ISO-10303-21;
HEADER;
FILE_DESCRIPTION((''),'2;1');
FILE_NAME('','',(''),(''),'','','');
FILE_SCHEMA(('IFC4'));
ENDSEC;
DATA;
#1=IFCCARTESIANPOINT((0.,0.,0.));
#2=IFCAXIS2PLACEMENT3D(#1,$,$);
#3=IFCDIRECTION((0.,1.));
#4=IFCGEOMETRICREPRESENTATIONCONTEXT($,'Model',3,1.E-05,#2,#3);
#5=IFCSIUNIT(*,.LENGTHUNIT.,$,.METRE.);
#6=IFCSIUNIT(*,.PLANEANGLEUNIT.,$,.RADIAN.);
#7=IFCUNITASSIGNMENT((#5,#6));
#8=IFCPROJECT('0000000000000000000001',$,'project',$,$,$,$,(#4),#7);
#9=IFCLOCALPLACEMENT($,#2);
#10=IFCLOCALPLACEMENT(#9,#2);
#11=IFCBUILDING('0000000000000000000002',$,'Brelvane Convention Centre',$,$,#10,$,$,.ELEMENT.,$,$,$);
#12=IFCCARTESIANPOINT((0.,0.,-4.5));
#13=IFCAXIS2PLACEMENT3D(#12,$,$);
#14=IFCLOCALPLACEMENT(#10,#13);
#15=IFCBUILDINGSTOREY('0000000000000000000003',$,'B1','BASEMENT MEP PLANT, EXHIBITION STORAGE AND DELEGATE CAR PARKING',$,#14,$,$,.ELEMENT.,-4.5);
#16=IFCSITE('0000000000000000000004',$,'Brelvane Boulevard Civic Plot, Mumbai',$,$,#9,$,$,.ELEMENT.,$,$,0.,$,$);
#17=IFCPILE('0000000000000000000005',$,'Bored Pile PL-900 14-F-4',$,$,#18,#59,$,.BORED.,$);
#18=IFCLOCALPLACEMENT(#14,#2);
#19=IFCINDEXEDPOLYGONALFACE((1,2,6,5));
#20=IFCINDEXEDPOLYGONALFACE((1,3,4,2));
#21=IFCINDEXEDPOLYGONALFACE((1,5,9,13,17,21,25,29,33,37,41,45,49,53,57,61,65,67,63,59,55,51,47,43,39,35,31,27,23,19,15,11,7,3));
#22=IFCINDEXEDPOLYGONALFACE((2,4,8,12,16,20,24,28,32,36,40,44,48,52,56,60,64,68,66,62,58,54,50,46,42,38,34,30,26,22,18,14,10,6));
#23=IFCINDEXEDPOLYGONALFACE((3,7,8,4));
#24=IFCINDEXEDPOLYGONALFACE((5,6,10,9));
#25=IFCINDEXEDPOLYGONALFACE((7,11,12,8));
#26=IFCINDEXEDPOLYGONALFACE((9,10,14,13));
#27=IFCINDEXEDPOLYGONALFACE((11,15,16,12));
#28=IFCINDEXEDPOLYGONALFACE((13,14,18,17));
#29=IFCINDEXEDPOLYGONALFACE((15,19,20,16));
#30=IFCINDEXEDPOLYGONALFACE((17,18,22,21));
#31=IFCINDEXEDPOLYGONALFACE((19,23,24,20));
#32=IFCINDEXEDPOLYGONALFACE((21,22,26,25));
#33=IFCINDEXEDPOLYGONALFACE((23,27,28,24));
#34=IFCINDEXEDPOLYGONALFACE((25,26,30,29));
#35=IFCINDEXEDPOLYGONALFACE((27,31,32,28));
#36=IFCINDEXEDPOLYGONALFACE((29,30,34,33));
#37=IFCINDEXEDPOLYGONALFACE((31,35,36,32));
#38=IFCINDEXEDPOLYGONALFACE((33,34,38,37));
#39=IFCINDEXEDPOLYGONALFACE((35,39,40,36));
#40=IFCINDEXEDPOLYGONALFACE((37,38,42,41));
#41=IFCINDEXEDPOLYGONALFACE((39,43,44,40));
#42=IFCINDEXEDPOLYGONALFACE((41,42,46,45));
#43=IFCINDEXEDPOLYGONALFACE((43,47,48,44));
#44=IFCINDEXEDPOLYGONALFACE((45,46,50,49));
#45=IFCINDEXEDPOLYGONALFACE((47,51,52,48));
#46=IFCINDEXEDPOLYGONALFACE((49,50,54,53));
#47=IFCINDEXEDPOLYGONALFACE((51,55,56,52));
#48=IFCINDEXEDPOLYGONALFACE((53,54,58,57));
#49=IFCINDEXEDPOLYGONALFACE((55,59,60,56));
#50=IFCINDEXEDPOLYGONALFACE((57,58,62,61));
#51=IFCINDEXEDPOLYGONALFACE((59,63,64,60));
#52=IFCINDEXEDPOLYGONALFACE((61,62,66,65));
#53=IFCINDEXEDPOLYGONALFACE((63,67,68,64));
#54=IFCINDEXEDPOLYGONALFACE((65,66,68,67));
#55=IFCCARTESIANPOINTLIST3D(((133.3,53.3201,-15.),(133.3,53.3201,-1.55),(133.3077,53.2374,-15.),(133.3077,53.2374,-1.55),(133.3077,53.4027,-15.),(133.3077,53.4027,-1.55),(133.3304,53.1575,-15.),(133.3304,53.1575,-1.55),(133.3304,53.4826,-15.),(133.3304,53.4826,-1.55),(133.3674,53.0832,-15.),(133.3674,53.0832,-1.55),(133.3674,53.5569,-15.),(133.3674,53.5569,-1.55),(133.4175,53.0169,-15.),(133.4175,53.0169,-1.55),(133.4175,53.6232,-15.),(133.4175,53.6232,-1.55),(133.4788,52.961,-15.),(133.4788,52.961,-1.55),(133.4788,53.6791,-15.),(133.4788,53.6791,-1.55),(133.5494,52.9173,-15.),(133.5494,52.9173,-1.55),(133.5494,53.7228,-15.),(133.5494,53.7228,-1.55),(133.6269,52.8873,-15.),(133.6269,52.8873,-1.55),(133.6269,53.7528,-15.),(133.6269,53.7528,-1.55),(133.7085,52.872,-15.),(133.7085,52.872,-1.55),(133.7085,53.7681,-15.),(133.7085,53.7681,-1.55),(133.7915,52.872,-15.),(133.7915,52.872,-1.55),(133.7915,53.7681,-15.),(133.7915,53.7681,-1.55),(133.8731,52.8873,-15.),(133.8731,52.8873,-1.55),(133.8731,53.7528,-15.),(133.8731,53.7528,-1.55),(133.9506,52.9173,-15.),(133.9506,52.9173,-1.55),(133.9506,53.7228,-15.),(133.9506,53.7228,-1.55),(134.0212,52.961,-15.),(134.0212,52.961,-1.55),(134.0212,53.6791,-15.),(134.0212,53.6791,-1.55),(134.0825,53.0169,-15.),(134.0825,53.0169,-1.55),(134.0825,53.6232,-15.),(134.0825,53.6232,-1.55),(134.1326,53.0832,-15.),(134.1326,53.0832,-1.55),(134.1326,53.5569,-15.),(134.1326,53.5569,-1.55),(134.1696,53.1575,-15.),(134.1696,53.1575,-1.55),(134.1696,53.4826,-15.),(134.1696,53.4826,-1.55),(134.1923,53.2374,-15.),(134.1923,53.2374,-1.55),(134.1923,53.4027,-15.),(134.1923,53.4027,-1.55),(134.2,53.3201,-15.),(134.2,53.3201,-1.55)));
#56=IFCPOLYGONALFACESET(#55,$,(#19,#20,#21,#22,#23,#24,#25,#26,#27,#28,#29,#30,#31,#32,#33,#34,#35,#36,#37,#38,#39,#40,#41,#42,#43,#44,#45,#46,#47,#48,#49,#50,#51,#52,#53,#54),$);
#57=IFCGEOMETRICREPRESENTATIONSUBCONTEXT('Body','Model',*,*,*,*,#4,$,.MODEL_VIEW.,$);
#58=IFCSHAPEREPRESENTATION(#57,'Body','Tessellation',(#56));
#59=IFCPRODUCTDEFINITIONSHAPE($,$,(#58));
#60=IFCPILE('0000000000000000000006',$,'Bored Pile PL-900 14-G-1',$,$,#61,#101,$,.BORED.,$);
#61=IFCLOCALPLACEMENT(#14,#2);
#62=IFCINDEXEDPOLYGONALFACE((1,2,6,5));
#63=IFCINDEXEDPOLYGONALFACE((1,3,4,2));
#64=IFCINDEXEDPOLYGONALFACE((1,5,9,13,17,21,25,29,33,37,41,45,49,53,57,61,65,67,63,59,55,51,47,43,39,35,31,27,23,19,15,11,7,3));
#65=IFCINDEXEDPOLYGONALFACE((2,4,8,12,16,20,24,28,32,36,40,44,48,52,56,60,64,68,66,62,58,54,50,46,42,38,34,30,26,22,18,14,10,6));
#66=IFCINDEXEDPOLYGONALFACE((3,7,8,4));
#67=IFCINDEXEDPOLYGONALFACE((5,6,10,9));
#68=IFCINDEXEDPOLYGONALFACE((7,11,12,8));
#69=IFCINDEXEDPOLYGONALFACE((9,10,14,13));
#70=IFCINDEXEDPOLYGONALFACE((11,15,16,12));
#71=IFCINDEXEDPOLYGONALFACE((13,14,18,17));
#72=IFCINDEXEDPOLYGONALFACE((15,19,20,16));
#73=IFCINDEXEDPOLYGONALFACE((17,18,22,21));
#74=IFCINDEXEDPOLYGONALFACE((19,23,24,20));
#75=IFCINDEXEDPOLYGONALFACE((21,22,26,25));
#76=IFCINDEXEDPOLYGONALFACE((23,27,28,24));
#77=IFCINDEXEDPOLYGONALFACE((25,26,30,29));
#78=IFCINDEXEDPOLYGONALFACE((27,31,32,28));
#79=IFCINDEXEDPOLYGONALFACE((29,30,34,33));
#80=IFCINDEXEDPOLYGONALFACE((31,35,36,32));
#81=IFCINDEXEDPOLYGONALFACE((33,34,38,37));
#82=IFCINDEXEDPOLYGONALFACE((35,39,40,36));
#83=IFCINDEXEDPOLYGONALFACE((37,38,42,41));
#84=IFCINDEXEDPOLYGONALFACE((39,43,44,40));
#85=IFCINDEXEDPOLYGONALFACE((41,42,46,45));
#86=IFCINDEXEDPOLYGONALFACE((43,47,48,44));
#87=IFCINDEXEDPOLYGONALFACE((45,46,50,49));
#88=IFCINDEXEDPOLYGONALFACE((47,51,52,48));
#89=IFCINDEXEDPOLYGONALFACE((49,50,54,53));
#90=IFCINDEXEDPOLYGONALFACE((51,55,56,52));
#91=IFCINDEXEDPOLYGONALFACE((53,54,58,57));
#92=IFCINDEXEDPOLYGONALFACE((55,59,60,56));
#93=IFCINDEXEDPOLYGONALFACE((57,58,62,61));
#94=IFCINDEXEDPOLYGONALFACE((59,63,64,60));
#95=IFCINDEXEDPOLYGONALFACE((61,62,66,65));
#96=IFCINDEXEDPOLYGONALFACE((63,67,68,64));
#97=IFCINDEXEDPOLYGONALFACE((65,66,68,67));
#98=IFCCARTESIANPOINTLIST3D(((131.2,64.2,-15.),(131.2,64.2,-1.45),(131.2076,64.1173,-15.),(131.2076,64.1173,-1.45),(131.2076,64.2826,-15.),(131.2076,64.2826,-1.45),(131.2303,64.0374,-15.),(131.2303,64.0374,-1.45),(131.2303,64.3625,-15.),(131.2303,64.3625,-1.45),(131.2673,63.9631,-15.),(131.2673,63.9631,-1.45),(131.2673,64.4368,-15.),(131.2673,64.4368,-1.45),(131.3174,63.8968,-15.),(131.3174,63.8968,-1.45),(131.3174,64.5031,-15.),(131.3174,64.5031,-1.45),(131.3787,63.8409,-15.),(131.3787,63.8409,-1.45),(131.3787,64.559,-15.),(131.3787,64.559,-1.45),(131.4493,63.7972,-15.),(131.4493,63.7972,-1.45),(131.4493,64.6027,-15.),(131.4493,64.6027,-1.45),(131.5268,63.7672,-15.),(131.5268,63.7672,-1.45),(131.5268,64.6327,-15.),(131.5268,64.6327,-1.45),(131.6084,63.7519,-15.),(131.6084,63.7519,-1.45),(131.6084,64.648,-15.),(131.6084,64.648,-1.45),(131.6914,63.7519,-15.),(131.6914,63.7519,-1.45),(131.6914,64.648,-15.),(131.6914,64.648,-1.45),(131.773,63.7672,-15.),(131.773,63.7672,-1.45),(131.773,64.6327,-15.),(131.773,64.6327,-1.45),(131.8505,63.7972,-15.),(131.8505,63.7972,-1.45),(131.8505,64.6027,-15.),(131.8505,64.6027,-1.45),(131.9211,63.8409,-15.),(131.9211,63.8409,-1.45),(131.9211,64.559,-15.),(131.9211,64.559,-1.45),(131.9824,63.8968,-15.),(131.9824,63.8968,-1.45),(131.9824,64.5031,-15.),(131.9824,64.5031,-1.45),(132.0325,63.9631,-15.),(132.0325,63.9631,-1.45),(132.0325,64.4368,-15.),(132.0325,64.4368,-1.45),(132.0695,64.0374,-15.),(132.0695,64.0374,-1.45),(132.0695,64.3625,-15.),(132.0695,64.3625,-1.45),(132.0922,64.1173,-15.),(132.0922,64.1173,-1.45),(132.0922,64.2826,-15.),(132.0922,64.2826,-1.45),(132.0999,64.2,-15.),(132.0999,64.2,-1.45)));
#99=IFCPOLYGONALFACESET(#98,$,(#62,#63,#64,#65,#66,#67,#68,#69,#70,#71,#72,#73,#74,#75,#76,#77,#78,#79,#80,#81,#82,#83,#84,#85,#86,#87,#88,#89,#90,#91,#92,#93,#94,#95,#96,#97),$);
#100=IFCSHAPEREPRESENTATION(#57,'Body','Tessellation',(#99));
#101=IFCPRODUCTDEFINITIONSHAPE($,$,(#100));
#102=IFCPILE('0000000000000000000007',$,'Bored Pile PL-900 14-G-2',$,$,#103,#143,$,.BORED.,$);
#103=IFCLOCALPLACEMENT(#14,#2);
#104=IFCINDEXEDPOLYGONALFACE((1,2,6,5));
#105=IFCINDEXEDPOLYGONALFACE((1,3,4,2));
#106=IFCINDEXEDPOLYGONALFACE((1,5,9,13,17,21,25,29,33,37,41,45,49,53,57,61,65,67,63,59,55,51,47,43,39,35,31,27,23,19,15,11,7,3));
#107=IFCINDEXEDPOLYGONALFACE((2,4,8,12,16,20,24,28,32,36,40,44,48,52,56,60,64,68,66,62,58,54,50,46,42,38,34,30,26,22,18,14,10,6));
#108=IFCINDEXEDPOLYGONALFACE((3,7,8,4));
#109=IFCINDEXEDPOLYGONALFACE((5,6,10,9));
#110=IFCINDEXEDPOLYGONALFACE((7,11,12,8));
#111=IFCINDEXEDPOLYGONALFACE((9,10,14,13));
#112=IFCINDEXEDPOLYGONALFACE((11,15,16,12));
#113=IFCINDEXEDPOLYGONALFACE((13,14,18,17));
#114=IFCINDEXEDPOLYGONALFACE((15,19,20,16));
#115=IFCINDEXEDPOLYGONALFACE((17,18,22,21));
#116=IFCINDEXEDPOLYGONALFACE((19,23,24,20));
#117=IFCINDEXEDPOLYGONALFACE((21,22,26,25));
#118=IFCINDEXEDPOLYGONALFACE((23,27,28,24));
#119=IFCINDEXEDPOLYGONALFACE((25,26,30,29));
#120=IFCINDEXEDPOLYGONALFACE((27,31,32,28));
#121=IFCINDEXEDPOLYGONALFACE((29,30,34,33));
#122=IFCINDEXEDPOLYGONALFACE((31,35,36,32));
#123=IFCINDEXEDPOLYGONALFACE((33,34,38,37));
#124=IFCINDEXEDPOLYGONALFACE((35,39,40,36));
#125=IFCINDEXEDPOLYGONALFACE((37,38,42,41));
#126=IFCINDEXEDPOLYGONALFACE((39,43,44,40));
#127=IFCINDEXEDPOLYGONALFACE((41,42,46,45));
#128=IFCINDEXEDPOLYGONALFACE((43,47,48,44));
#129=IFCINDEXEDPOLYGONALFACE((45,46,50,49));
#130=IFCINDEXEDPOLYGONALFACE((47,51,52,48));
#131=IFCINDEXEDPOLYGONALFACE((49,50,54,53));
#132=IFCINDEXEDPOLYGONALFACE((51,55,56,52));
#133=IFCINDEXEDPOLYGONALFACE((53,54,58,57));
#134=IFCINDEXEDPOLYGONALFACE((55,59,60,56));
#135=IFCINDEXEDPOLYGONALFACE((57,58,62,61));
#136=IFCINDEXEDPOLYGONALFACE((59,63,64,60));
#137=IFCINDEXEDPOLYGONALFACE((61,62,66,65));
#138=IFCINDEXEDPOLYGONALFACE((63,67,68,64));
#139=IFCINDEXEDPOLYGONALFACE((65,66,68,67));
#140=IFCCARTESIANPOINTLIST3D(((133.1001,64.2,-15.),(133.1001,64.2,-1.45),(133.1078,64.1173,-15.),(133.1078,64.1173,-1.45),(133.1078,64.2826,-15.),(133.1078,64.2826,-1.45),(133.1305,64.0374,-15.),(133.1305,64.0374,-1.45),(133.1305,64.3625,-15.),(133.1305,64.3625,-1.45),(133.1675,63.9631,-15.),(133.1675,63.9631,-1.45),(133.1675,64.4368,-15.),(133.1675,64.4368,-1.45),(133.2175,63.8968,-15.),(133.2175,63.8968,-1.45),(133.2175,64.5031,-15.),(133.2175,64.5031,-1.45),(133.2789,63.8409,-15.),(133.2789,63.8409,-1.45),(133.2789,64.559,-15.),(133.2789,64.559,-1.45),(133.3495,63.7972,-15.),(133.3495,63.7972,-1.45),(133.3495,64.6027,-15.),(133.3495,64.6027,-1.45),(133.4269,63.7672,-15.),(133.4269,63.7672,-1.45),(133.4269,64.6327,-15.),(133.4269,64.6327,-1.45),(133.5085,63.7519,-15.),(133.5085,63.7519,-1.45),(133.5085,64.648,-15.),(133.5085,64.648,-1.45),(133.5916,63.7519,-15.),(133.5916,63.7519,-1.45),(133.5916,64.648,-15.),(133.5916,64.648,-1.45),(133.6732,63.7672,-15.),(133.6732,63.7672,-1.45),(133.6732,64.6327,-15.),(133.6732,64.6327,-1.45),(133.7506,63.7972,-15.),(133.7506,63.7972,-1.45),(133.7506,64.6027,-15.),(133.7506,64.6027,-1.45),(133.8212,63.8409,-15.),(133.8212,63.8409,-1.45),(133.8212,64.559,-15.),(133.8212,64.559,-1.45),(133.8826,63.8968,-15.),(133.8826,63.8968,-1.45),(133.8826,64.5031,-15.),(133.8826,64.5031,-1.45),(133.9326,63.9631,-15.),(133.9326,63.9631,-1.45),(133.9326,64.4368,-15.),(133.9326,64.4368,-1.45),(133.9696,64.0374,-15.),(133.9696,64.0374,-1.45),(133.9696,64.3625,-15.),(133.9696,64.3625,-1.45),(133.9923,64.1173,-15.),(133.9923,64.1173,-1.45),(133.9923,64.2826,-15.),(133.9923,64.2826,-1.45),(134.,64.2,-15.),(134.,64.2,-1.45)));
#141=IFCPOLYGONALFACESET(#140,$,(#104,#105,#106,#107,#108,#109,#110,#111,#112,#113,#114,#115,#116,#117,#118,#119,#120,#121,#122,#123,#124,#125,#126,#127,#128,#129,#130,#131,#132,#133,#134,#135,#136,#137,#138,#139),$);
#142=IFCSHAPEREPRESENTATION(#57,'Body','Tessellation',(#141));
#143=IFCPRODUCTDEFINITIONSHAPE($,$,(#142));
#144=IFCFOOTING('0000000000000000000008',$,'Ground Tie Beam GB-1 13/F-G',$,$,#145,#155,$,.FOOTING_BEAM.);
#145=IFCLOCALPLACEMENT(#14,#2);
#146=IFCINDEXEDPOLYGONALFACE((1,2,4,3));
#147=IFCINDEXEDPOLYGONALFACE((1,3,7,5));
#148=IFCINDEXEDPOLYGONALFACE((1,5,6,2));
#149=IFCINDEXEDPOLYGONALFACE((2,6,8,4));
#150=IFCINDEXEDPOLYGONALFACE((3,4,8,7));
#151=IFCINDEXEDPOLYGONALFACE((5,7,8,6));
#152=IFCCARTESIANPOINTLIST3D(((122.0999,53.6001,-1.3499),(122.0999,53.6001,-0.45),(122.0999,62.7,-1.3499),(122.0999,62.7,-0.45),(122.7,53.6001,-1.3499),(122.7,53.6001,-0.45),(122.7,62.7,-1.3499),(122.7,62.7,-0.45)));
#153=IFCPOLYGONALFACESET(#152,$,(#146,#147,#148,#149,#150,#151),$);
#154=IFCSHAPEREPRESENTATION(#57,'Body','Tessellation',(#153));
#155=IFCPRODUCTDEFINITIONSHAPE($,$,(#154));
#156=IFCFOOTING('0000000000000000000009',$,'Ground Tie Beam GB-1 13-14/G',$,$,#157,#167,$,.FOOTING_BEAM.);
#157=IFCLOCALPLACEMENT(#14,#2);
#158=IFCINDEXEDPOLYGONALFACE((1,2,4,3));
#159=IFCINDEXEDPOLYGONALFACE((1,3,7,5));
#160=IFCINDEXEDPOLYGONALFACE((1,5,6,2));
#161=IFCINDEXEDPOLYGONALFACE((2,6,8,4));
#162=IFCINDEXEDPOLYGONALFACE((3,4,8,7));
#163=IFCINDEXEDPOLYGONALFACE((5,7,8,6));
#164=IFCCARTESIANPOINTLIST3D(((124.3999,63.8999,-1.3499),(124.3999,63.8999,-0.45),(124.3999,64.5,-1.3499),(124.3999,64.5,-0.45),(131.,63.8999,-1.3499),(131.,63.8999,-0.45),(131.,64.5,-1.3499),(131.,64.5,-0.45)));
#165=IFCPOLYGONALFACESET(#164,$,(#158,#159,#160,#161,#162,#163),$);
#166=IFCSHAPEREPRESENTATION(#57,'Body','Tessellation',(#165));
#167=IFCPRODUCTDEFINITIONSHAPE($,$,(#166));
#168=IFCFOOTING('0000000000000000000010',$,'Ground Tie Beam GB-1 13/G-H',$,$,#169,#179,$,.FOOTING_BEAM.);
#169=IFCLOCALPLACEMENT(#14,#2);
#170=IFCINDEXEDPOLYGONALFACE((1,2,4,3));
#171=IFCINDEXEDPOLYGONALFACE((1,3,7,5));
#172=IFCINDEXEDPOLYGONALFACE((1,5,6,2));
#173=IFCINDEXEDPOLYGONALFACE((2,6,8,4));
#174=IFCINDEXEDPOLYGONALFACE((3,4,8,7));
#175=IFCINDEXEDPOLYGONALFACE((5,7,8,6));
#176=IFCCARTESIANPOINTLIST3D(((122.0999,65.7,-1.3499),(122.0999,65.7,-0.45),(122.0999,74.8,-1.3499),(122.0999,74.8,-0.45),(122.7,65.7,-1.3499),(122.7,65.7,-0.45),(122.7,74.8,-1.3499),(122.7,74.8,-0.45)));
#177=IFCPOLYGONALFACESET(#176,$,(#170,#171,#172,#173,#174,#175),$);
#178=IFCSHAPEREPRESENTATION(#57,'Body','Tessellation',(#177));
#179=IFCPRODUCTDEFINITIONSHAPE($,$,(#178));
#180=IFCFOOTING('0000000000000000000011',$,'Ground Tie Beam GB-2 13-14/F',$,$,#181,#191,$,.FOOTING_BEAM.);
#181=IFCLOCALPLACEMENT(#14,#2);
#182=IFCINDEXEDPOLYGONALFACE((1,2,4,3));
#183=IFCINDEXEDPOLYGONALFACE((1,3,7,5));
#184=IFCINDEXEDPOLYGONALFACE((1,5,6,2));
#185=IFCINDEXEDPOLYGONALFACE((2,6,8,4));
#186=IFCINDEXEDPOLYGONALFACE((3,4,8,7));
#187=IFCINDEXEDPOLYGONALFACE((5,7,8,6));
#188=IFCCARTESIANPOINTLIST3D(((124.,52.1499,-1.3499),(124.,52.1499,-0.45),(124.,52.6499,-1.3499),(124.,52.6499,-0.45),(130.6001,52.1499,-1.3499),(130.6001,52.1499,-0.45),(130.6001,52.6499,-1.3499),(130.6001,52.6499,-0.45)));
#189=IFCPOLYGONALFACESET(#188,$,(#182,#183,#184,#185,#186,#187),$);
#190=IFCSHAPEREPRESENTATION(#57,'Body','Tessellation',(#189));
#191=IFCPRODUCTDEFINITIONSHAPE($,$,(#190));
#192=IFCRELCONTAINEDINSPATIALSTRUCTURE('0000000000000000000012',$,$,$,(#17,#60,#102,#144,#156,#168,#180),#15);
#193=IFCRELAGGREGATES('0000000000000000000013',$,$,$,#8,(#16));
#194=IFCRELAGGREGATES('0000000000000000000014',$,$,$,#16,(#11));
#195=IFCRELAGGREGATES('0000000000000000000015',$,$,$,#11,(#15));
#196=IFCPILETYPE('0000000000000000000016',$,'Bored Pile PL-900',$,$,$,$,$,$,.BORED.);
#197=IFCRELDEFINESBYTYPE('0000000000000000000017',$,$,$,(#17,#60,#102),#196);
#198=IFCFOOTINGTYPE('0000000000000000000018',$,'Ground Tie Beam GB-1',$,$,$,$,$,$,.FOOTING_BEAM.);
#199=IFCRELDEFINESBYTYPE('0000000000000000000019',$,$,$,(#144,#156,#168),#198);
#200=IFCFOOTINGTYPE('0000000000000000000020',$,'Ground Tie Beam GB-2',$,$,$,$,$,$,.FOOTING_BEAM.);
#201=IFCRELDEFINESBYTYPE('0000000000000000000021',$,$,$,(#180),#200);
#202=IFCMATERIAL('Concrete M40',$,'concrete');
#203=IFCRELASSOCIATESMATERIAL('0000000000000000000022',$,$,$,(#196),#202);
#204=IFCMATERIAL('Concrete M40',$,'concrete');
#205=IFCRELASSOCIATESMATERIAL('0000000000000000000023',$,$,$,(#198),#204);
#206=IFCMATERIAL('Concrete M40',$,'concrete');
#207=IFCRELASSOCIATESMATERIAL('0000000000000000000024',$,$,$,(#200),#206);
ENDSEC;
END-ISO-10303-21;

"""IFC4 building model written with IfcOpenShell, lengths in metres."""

from ifc_helpers import new_model, si_unit, direction, frame, origin, origin_2d, place, context, subcontext, project, spatial, rectangle, circle, extrude, material, material_profile, profile_set, type_object, element, save


model = new_model("IFC4")

# Units and contexts
model_context = context("Model", 3, precision=1e-05, world=origin(), true_north=direction((0.0, 1.0)))
body_context = subcontext(model_context, "Body", "Model", "MODEL_VIEW")
ifc_project = project(units=[si_unit("LENGTHUNIT", "METRE"), si_unit("PLANEANGLEUNIT", "RADIAN")], contexts=[model_context])

# Site, building, storey
site_placement = place(None, origin())
site = spatial("IfcSite", under=ifc_project, at=site_placement, Name="Brelvane Boulevard Civic Plot, Mumbai", CompositionType="ELEMENT", RefElevation=0.0)
building_placement = place(site_placement, origin())
building = spatial("IfcBuilding", under=site, at=building_placement, Name="Brelvane Convention Centre", CompositionType="ELEMENT")
storey_placement = place(building_placement, frame((0.0, 0.0, -4.5)))
storey = spatial("IfcBuildingStorey", under=building, at=storey_placement, Name="B1", Description="BASEMENT MEP PLANT, EXHIBITION STORAGE AND DELEGATE CAR PARKING", CompositionType="ELEMENT", Elevation=-4.5)

# Piles
ifc_material_1 = material(Name="Concrete M40", Category="concrete")
ifc_material_profile_1 = material_profile(ifc_material_1, circle(Radius=0.45, at=origin_2d()), Name="PILE D900")
ifc_profile_set_1 = profile_set([ifc_material_profile_1], Name="Concrete M40")
pile_type = type_object("IfcPileType", Name="Bored Pile PL-900", PredefinedType="BORED", material=ifc_profile_set_1)
for number, where, z_axis, x_axis, name in (
    (1, (133.75, 53.3201, -1.55), (0.0, 0.0, -1.0), (1.0, 0.0, 0.0), "Bored Pile PL-900 14-F-4"),
):
    element("IfcPile", number, at=place(storey_placement, frame(where, z_axis=z_axis, x_axis=x_axis)), inside=storey, type_object=pile_type, Name=name, PredefinedType="BORED", context=body_context, shape_type="SweptSolid", body=[
        extrude(circle(Radius=0.45, at=origin_2d()), origin(), (0.0, 0.0, 1.0), 13.45),
    ])
for number, where, z_axis, x_axis, name in (
    (2, (131.6499, 64.2, -1.45), (0.0, 0.0, -1.0), (1.0, 0.0, 0.0), "Bored Pile PL-900 14-G-1"),
    (3, (133.55, 64.2, -1.45), (0.0, 0.0, -1.0), (1.0, 0.0, 0.0), "Bored Pile PL-900 14-G-2"),
):
    element("IfcPile", number, at=place(storey_placement, frame(where, z_axis=z_axis, x_axis=x_axis)), inside=storey, type_object=pile_type, Name=name, PredefinedType="BORED", context=body_context, shape_type="SweptSolid", body=[
        extrude(circle(Radius=0.45, at=origin_2d()), origin(), (0.0, 0.0, 1.0), 13.55),
    ])

# Footings
ifc_material_2 = material(Name="Concrete M40", Category="concrete")
ifc_material_profile_2 = material_profile(ifc_material_2, rectangle(XDim=0.6001, YDim=0.8999, at=origin_2d()), Name="RC 600x900")
ifc_profile_set_2 = profile_set([ifc_material_profile_2], Name="Concrete M40")
footing_type_1 = type_object("IfcFootingType", Name="Ground Tie Beam GB-1", PredefinedType="FOOTING_BEAM", material=ifc_profile_set_2)
footing_1_placement = place(storey_placement, frame((122.3999, 53.6001, -0.8999), z_axis=(0.0, 1.0, 0.0), x_axis=(-1.0, 0.0, 0.0)))
element("IfcFooting", 4, at=footing_1_placement, inside=storey, type_object=footing_type_1, Name="Ground Tie Beam GB-1 13/F-G", PredefinedType="FOOTING_BEAM", context=body_context, shape_type="SweptSolid", body=[
    extrude(rectangle(XDim=0.6001, YDim=0.8999, at=origin_2d()), origin(), (0.0, 0.0, 1.0), 9.0999),
])
footing_2_placement = place(storey_placement, frame((124.3999, 64.2, -0.8999), z_axis=(1.0, 0.0, 0.0), x_axis=(0.0, 1.0, 0.0)))
element("IfcFooting", 5, at=footing_2_placement, inside=storey, type_object=footing_type_1, Name="Ground Tie Beam GB-1 13-14/G", PredefinedType="FOOTING_BEAM", context=body_context, shape_type="SweptSolid", body=[
    extrude(rectangle(XDim=0.6001, YDim=0.8999, at=origin_2d()), origin(), (0.0, 0.0, 1.0), 6.6001),
])
footing_3_placement = place(storey_placement, frame((122.3999, 65.7, -0.8999), z_axis=(0.0, 1.0, 0.0), x_axis=(-1.0, 0.0, 0.0)))
element("IfcFooting", 6, at=footing_3_placement, inside=storey, type_object=footing_type_1, Name="Ground Tie Beam GB-1 13/G-H", PredefinedType="FOOTING_BEAM", context=body_context, shape_type="SweptSolid", body=[
    extrude(rectangle(XDim=0.6001, YDim=0.8999, at=origin_2d()), origin(), (0.0, 0.0, 1.0), 9.1001),
])
ifc_material_3 = material(Name="Concrete M40", Category="concrete")
ifc_material_profile_3 = material_profile(ifc_material_3, rectangle(XDim=0.5, YDim=0.8999, at=origin_2d()), Name="RC 500x900")
ifc_profile_set_3 = profile_set([ifc_material_profile_3], Name="Concrete M40")
footing_type_2 = type_object("IfcFootingType", Name="Ground Tie Beam GB-2", PredefinedType="FOOTING_BEAM", material=ifc_profile_set_3)
footing_4_placement = place(storey_placement, frame((124.0, 52.3999, -0.8999), z_axis=(1.0, 0.0, 0.0), x_axis=(0.0, 1.0, 0.0)))
element("IfcFooting", 7, at=footing_4_placement, inside=storey, type_object=footing_type_2, Name="Ground Tie Beam GB-2 13-14/F", PredefinedType="FOOTING_BEAM", context=body_context, shape_type="SweptSolid", body=[
    extrude(rectangle(XDim=0.5, YDim=0.8999, at=origin_2d()), origin(), (0.0, 0.0, 1.0), 6.6001),
])

save(model, "model.ifc")
